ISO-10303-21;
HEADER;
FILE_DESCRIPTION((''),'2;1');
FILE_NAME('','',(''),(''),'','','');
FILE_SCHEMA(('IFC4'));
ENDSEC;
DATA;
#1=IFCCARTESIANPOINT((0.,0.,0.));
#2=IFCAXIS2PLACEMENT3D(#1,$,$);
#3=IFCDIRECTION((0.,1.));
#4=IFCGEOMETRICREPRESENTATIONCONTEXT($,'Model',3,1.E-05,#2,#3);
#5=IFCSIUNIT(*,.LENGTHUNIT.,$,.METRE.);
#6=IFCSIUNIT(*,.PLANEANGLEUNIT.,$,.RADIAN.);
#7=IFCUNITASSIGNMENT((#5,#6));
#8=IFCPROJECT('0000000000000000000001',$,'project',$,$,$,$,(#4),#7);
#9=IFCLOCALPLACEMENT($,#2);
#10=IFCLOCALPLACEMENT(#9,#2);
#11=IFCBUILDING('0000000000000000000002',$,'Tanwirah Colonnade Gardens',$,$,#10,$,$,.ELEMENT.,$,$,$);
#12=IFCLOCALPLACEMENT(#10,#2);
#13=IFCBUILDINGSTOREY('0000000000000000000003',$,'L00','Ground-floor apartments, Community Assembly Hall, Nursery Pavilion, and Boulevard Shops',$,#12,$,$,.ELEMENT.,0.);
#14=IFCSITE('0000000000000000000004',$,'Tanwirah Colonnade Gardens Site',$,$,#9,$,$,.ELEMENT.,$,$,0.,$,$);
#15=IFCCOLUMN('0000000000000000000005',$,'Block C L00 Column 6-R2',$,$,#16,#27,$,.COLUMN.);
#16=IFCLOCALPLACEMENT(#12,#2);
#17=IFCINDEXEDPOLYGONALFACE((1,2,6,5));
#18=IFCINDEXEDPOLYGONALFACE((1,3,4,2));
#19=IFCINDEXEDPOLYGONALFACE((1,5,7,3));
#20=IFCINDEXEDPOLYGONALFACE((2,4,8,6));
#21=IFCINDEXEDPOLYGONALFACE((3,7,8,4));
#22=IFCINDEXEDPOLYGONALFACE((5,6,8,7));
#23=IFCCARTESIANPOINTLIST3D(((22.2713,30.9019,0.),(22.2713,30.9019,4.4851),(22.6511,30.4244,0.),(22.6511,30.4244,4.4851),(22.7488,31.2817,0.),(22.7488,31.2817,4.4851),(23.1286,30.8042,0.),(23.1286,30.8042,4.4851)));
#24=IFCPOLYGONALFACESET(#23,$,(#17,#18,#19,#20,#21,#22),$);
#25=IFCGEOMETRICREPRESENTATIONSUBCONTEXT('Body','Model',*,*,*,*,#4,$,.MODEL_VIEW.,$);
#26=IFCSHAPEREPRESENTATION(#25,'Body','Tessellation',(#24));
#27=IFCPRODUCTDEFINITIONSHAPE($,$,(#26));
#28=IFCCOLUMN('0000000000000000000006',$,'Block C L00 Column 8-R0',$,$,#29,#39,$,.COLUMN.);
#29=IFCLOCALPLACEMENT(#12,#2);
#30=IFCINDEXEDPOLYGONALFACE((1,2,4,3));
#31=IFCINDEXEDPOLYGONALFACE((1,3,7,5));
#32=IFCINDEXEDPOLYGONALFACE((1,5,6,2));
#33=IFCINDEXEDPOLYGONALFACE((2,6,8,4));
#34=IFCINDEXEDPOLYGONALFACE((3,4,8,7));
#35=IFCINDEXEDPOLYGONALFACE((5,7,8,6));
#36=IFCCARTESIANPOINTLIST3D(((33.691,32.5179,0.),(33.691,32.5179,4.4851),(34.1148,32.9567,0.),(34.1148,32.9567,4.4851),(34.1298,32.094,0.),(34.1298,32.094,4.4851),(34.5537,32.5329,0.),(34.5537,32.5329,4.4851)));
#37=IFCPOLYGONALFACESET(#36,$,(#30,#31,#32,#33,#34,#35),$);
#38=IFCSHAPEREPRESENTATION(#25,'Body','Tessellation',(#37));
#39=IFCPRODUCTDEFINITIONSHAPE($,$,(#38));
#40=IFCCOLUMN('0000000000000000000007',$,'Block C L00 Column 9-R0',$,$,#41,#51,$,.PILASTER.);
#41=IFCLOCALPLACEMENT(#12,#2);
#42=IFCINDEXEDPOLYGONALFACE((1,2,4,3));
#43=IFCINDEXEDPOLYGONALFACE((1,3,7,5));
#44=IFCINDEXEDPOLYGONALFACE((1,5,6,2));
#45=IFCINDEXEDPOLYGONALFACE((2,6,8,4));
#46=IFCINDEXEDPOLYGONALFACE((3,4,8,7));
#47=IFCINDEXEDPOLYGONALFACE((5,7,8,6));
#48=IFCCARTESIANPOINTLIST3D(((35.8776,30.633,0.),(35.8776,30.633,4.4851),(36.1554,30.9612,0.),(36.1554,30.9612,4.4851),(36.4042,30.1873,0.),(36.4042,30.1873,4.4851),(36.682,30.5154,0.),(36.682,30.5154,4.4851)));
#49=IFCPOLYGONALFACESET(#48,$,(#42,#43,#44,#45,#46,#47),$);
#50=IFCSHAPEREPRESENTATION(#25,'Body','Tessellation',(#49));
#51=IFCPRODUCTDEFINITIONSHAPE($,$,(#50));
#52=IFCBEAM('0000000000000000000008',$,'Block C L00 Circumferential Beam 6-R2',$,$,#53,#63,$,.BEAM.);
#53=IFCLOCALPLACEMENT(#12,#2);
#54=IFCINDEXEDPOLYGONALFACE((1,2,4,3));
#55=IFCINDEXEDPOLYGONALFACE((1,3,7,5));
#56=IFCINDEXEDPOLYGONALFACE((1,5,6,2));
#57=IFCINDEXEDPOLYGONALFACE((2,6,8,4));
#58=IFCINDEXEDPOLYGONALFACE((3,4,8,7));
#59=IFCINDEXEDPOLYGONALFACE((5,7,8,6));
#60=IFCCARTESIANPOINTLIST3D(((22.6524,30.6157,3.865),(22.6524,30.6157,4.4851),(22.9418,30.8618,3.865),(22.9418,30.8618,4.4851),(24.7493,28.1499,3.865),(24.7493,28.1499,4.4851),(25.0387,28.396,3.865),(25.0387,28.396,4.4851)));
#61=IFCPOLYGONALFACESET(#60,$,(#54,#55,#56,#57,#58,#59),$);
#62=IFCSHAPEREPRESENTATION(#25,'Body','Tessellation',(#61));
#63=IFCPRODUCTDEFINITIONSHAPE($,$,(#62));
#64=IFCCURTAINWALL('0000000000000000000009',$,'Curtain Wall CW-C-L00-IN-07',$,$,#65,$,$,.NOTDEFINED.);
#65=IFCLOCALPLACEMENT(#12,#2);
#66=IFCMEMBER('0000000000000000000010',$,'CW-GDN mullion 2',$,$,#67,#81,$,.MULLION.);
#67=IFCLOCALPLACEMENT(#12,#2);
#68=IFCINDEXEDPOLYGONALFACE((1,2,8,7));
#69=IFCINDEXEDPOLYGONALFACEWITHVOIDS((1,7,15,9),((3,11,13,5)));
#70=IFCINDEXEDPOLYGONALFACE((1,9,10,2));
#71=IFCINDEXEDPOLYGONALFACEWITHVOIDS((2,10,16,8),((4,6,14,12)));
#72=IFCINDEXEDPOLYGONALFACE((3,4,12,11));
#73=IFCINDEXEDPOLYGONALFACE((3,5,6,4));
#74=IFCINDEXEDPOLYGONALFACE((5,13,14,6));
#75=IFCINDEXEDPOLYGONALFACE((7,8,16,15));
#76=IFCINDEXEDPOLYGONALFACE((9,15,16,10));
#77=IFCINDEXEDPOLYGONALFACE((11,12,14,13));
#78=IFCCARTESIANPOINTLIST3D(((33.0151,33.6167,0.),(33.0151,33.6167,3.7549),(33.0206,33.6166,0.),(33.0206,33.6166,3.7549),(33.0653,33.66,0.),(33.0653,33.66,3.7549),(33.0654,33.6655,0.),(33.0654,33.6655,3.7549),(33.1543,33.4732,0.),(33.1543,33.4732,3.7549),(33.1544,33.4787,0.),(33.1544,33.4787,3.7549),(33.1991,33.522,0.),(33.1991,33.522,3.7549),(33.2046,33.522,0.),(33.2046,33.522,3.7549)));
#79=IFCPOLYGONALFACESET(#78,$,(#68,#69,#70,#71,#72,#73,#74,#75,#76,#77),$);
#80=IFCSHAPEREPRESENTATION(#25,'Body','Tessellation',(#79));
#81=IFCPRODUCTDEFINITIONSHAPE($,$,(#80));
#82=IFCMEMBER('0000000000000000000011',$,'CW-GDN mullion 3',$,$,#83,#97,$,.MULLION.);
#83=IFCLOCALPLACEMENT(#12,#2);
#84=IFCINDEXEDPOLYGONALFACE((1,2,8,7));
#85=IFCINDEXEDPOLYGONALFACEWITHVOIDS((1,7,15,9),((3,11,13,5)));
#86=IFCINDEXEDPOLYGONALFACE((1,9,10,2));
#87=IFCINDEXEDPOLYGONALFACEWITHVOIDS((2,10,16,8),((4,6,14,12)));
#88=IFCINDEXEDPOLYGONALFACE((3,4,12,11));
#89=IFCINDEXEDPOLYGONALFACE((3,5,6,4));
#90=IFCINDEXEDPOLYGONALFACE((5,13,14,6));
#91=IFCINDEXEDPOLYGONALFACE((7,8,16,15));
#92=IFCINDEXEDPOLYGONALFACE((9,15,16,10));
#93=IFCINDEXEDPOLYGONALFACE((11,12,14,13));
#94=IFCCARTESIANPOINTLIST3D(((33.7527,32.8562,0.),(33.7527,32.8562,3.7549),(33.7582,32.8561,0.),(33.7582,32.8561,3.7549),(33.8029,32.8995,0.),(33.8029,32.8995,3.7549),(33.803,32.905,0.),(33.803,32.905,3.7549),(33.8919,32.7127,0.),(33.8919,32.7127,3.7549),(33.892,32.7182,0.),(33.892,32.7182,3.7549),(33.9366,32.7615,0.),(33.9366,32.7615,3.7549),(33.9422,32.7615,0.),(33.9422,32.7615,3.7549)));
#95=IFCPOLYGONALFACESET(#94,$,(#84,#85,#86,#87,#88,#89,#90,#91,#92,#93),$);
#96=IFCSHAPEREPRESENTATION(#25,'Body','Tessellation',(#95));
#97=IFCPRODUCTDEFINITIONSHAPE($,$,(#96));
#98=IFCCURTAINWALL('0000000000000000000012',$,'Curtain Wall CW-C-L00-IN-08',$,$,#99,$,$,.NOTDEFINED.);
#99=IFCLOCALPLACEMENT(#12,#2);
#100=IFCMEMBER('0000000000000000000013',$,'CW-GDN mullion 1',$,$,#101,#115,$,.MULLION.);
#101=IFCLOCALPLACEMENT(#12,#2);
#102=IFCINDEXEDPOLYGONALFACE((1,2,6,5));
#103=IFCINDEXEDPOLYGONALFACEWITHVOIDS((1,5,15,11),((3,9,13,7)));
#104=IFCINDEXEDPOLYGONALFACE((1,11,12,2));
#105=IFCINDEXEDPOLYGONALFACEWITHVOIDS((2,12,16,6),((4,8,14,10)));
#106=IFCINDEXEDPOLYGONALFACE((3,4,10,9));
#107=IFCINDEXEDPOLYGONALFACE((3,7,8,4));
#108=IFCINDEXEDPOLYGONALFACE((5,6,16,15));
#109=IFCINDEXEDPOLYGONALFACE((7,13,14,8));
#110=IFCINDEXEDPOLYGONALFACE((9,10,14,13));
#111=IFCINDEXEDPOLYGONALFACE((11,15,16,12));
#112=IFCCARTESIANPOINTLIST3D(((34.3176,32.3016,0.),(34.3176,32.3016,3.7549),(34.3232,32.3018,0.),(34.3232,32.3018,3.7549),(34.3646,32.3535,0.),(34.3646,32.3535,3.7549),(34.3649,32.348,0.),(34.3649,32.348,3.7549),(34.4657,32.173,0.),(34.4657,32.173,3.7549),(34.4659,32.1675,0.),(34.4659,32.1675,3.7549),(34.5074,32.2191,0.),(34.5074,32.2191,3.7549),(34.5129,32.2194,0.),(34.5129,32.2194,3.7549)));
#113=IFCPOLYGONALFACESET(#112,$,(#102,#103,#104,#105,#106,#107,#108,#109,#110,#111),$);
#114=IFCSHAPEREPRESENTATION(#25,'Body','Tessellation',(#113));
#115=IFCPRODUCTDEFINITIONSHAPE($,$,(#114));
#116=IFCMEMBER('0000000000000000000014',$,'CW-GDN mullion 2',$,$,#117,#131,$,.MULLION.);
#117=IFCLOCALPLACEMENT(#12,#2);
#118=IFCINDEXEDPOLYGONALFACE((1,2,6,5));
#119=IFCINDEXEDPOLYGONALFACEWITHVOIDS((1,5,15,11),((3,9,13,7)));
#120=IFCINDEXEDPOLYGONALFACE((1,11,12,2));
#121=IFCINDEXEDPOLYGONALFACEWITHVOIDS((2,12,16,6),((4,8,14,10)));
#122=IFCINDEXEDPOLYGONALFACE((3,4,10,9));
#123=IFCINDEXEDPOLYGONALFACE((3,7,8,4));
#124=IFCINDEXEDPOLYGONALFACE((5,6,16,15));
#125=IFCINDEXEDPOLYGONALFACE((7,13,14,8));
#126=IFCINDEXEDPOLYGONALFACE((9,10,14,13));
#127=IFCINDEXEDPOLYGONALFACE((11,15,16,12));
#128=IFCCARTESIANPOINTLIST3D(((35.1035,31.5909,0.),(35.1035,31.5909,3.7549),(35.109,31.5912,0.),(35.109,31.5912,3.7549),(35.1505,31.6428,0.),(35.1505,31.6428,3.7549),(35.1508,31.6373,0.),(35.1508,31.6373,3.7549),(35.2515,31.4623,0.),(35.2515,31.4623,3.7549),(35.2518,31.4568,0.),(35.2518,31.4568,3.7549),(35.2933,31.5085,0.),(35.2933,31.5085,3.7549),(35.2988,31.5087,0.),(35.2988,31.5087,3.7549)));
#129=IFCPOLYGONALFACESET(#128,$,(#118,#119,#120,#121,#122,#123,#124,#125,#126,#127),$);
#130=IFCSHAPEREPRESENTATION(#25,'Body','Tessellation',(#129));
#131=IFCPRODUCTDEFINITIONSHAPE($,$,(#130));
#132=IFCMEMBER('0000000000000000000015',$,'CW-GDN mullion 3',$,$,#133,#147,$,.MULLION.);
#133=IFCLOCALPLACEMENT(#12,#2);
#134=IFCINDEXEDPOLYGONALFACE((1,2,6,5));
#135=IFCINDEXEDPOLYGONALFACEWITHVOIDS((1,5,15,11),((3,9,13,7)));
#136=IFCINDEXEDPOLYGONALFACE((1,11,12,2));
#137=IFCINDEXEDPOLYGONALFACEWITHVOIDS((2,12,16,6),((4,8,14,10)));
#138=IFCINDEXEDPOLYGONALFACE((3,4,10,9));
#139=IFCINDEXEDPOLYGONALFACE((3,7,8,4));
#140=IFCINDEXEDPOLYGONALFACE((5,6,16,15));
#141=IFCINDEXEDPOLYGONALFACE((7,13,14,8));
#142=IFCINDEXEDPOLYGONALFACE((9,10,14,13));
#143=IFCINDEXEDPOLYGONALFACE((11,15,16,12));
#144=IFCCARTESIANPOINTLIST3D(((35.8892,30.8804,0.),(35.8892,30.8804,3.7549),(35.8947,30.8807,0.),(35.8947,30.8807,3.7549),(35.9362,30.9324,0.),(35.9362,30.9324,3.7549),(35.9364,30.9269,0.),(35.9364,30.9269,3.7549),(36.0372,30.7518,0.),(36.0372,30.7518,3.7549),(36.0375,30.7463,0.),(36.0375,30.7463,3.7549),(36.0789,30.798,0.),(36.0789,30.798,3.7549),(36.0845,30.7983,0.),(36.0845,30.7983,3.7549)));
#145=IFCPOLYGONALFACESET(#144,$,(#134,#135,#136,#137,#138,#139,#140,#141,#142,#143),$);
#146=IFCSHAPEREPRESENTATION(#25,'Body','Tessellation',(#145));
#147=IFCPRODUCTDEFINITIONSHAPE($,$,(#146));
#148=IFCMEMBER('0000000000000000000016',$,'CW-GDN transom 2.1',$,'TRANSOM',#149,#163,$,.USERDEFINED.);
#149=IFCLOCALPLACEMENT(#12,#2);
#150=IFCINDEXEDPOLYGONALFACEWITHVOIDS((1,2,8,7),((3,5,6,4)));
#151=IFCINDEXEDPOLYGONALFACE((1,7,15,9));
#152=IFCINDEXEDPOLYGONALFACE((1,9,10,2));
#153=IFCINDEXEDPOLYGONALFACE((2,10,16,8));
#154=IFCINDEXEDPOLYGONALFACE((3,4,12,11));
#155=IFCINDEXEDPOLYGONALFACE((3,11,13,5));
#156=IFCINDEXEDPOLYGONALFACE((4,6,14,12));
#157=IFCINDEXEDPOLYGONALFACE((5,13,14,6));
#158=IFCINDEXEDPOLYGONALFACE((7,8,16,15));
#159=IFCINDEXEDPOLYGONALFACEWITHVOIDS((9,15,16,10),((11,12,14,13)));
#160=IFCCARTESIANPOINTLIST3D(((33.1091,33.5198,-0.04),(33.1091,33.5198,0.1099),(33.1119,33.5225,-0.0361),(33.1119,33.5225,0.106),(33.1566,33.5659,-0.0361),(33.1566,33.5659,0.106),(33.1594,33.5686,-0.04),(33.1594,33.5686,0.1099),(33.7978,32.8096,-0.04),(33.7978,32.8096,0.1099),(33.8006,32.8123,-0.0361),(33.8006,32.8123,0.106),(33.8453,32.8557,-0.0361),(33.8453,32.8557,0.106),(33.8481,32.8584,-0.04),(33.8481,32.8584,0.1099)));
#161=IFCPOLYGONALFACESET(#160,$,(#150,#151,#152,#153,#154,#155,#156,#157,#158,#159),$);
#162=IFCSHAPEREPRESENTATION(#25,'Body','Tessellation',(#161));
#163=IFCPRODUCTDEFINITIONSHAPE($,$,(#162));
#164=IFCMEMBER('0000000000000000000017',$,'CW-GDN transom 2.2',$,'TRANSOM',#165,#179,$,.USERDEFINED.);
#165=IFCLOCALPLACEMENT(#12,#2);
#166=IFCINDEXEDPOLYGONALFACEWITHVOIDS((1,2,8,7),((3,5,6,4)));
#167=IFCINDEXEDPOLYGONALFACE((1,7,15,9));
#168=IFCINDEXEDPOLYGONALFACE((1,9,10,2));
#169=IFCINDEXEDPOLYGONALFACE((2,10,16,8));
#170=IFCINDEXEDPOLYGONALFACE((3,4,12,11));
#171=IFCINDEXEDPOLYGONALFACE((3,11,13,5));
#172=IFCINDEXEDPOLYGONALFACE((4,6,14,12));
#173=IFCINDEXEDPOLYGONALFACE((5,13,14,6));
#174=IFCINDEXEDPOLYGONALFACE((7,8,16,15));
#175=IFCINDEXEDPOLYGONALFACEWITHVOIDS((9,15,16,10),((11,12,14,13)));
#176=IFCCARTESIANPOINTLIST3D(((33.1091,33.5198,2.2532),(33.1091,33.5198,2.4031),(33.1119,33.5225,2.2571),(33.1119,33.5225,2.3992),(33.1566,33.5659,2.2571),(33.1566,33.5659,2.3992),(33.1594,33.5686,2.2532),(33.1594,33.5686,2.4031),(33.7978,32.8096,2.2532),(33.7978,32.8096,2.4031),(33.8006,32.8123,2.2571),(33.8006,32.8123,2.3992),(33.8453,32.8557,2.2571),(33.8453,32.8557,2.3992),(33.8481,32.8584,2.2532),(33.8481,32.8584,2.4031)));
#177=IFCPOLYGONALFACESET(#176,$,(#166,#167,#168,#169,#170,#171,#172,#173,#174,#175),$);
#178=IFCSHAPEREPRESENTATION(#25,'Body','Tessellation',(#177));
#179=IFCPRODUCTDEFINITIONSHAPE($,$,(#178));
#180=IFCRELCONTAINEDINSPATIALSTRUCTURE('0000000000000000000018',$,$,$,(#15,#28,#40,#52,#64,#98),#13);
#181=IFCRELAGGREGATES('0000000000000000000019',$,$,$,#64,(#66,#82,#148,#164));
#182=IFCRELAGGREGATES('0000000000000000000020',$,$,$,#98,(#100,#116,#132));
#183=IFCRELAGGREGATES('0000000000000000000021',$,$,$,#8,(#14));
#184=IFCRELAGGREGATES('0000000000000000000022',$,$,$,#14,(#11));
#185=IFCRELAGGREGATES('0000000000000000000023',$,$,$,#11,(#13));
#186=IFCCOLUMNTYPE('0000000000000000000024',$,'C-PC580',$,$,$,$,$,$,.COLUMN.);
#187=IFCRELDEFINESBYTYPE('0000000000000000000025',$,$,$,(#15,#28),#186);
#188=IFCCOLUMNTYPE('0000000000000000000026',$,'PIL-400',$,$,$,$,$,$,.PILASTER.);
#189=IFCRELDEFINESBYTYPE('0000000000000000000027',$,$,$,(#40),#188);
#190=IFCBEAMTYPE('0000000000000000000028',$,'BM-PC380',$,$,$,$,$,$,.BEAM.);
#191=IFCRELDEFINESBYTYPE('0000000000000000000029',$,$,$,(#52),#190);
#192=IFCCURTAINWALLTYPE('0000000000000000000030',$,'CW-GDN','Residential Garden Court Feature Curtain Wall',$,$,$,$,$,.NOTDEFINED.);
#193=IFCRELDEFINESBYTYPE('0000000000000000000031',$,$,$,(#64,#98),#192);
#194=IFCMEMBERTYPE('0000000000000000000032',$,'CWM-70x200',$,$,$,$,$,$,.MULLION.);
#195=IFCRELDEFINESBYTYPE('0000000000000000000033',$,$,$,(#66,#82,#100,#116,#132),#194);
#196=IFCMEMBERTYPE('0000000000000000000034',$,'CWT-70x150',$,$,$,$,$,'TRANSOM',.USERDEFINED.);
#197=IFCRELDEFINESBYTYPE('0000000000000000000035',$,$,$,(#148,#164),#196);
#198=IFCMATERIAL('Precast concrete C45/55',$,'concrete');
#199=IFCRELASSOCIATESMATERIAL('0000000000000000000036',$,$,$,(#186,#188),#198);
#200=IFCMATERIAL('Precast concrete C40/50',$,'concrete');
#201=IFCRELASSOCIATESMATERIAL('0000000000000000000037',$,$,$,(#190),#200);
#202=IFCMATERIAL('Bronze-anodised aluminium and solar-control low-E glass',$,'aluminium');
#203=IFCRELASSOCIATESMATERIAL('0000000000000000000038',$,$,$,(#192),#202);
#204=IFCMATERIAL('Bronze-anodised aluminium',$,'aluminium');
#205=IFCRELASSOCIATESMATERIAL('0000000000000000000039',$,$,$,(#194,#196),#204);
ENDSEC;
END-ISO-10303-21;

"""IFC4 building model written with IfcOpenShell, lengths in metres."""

from ifc_helpers import new_model, si_unit, direction, frame, origin, origin_2d, place, context, subcontext, project, spatial, rectangle, hollow_rectangle, extrude, material, material_profile, profile_set, type_object, element, aggregate, save


model = new_model("IFC4")

# Units and contexts
model_context = context("Model", 3, precision=1e-05, world=origin(), true_north=direction((0.0, 1.0)))
body_context = subcontext(model_context, "Body", "Model", "MODEL_VIEW")
ifc_project = project(units=[si_unit("LENGTHUNIT", "METRE"), si_unit("PLANEANGLEUNIT", "RADIAN")], contexts=[model_context])

# Site, building, storey
site_placement = place(None, origin())
site = spatial("IfcSite", under=ifc_project, at=site_placement, Name="Tanwirah Colonnade Gardens Site", CompositionType="ELEMENT", RefElevation=0.0)
building_placement = place(site_placement, origin())
building = spatial("IfcBuilding", under=site, at=building_placement, Name="Tanwirah Colonnade Gardens", CompositionType="ELEMENT")
storey_placement = place(building_placement, origin())
storey = spatial("IfcBuildingStorey", under=building, at=storey_placement, Name="L00", Description="Ground-floor apartments, Community Assembly Hall, Nursery Pavilion, and Boulevard Shops", CompositionType="ELEMENT", Elevation=0.0)

# Columns
ifc_material_1 = material(Name="Precast concrete C45/55", Category="concrete")
ifc_material_profile_1 = material_profile(ifc_material_1, rectangle(XDim=0.6101, YDim=0.6101, at=origin_2d()), Name="PC-COL 610x610")
ifc_profile_set_1 = profile_set([ifc_material_profile_1], Name="Precast concrete C45/55")
column_type_1 = type_object("IfcColumnType", Name="C-PC580", PredefinedType="COLUMN", material=ifc_profile_set_1)
for number, where, z_axis, x_axis, name in (
    (1, (22.7, 30.853, 0.0), (0.0, 0.0, 1.0), (-0.782608, -0.622515, 0.0), "Block C L00 Column 6-R2"),
    (2, (34.1223, 32.5254, 0.0), (0.0, 0.0, 1.0), (-0.694658, -0.71934, 0.0), "Block C L00 Column 8-R0"),
):
    element("IfcColumn", number, at=place(storey_placement, frame(where, z_axis=z_axis, x_axis=x_axis)), inside=storey, type_object=column_type_1, Name=name, PredefinedType="COLUMN", context=body_context, shape_type="SweptSolid", body=[
        extrude(rectangle(XDim=0.6101, YDim=0.6101, at=origin_2d()), origin(), (0.0, 0.0, 1.0), 4.4851),
    ])
ifc_material_profile_2 = material_profile(ifc_material_1, rectangle(XDim=0.4299, YDim=0.6899, at=origin_2d()), Name="PC-PIL 430x690")
ifc_profile_set_2 = profile_set([ifc_material_profile_2], Name="Precast concrete C45/55")
column_type_2 = type_object("IfcColumnType", Name="PIL-400", PredefinedType="PILASTER", material=ifc_profile_set_2)
column_placement = place(storey_placement, frame((36.2798, 30.5742, 0.0), z_axis=(0.0, 0.0, 1.0), x_axis=(-0.646124, -0.763232, 0.0)))
element("IfcColumn", 3, at=column_placement, inside=storey, type_object=column_type_2, Name="Block C L00 Column 9-R0", PredefinedType="PILASTER", context=body_context, shape_type="SweptSolid", body=[
    extrude(rectangle(XDim=0.4299, YDim=0.6899, at=origin_2d()), origin(), (0.0, 0.0, 1.0), 4.4851),
])

# Beam
ifc_material_2 = material(Name="Precast concrete C40/50", Category="concrete")
ifc_material_profile_3 = material_profile(ifc_material_2, rectangle(XDim=0.3799, YDim=0.6201, at=origin_2d()), Name="PC-BM 380x620")
ifc_profile_set_3 = profile_set([ifc_material_profile_3], Name="Precast concrete C40/50")
beam_type_1 = type_object("IfcBeamType", Name="BM-PC380", PredefinedType="BEAM", material=ifc_profile_set_3)
beam_1_placement = place(storey_placement, frame((22.7971, 30.7388, 4.175), z_axis=(0.647824, -0.76179, 0.0), x_axis=(0.76179, 0.647824, 0.0)))
element("IfcBeam", 4, at=beam_1_placement, inside=storey, type_object=beam_type_1, Name="Block C L00 Circumferential Beam 6-R2", PredefinedType="BEAM", context=body_context, shape_type="SweptSolid", body=[
    extrude(rectangle(XDim=0.3799, YDim=0.6201, at=origin_2d()), origin(), (0.0, 0.0, 1.0), 3.2368),
])

# Curtain walls, members
ifc_material_3 = material(Name="Bronze-anodised aluminium and solar-control low-E glass", Category="aluminium")
curtain_wall_type = type_object("IfcCurtainWallType", Name="CW-GDN", Description="Residential Garden Court Feature Curtain Wall", PredefinedType="NOTDEFINED", material=ifc_material_3)
curtain_wall_1_placement = place(storey_placement, origin())
curtain_wall_1 = element("IfcCurtainWall", 5, at=curtain_wall_1_placement, inside=storey, type_object=curtain_wall_type, Name="Curtain Wall CW-C-L00-IN-07", PredefinedType="NOTDEFINED")
ifc_material_4 = material(Name="Bronze-anodised aluminium", Category="aluminium")
ifc_material_profile_4 = material_profile(ifc_material_4, hollow_rectangle(XDim=0.0701, YDim=0.2, WallThickness=0.0039, at=origin_2d()), Name="CW-MUL 70x200x4")
ifc_profile_set_4 = profile_set([ifc_material_profile_4], Name="Bronze-anodised aluminium")
member_type_1 = type_object("IfcMemberType", Name="CWM-70x200", PredefinedType="MULLION", material=ifc_profile_set_4)
member_1_placement = place(storey_placement, frame((33.1099, 33.5693, 0.0), z_axis=(0.0, 0.0, 1.0), x_axis=(0.717825, 0.696223, 0.0)))
member_1 = element("IfcMember", 6, at=member_1_placement, type_object=member_type_1, Name="CW-GDN mullion 2", PredefinedType="MULLION", context=body_context, shape_type="SweptSolid", body=[
    extrude(hollow_rectangle(XDim=0.0701, YDim=0.2, WallThickness=0.0039, at=origin_2d()), origin(), (0.0, 0.0, 1.0), 3.7549),
])
member_2_placement = place(storey_placement, frame((33.8474, 32.8088, 0.0), z_axis=(0.0, 0.0, 1.0), x_axis=(0.717825, 0.696223, 0.0)))
member_2 = element("IfcMember", 7, at=member_2_placement, type_object=member_type_1, Name="CW-GDN mullion 3", PredefinedType="MULLION", context=body_context, shape_type="SweptSolid", body=[
    extrude(hollow_rectangle(XDim=0.0701, YDim=0.2, WallThickness=0.0039, at=origin_2d()), origin(), (0.0, 0.0, 1.0), 3.7549),
])
curtain_wall_2_placement = place(storey_placement, origin())
curtain_wall_2 = element("IfcCurtainWall", 8, at=curtain_wall_2_placement, inside=storey, type_object=curtain_wall_type, Name="Curtain Wall CW-C-L00-IN-08", PredefinedType="NOTDEFINED")
member_3_placement = place(storey_placement, frame((34.4153, 32.2605, 0.0), z_axis=(0.0, 0.0, 1.0), x_axis=(0.670751, 0.741683, 0.0)))
member_3 = element("IfcMember", 9, at=member_3_placement, type_object=member_type_1, Name="CW-GDN mullion 1", PredefinedType="MULLION", context=body_context, shape_type="SweptSolid", body=[
    extrude(hollow_rectangle(XDim=0.0701, YDim=0.2, WallThickness=0.0039, at=origin_2d()), origin(), (0.0, 0.0, 1.0), 3.7549),
])
member_4_placement = place(storey_placement, frame((35.2012, 31.5498, 0.0), z_axis=(0.0, 0.0, 1.0), x_axis=(0.670751, 0.741683, 0.0)))
member_4 = element("IfcMember", 10, at=member_4_placement, type_object=member_type_1, Name="CW-GDN mullion 2", PredefinedType="MULLION", context=body_context, shape_type="SweptSolid", body=[
    extrude(hollow_rectangle(XDim=0.0701, YDim=0.2, WallThickness=0.0039, at=origin_2d()), origin(), (0.0, 0.0, 1.0), 3.7549),
])
member_5_placement = place(storey_placement, frame((35.9868, 30.8394, 0.0), z_axis=(0.0, 0.0, 1.0), x_axis=(0.670751, 0.741683, 0.0)))
member_5 = element("IfcMember", 11, at=member_5_placement, type_object=member_type_1, Name="CW-GDN mullion 3", PredefinedType="MULLION", context=body_context, shape_type="SweptSolid", body=[
    extrude(hollow_rectangle(XDim=0.0701, YDim=0.2, WallThickness=0.0039, at=origin_2d()), origin(), (0.0, 0.0, 1.0), 3.7549),
])

# Members
ifc_material_profile_5 = material_profile(ifc_material_4, hollow_rectangle(XDim=0.0701, YDim=0.1499, WallThickness=0.0039, at=origin_2d()), Name="CW-TRN 70x150x4")
ifc_profile_set_5 = profile_set([ifc_material_profile_5], Name="Bronze-anodised aluminium")
member_type_2 = type_object("IfcMemberType", Name="CWT-70x150", ElementType="TRANSOM", PredefinedType="USERDEFINED", material=ifc_profile_set_5)
member_6_placement = place(storey_placement, frame((33.1343, 33.5442, 0.0349), z_axis=(0.696165, -0.717882, 0.0), x_axis=(0.717882, 0.696165, 0.0)))
member_6 = element("IfcMember", 12, at=member_6_placement, type_object=member_type_2, Name="CW-GDN transom 2.1", ObjectType="TRANSOM", PredefinedType="USERDEFINED", context=body_context, shape_type="SweptSolid", body=[
    extrude(hollow_rectangle(XDim=0.0701, YDim=0.1499, WallThickness=0.0039, at=origin_2d()), origin(), (0.0, 0.0, 1.0), 0.9893),
])
member_7_placement = place(storey_placement, frame((33.1343, 33.5442, 2.3281), z_axis=(0.696165, -0.717882, 0.0), x_axis=(0.717882, 0.696165, 0.0)))
member_7 = element("IfcMember", 13, at=member_7_placement, type_object=member_type_2, Name="CW-GDN transom 2.2", ObjectType="TRANSOM", PredefinedType="USERDEFINED", context=body_context, shape_type="SweptSolid", body=[
    extrude(hollow_rectangle(XDim=0.0701, YDim=0.1499, WallThickness=0.0039, at=origin_2d()), origin(), (0.0, 0.0, 1.0), 0.9893),
])

aggregate(curtain_wall_1, [member_1, member_2, member_6, member_7])
aggregate(curtain_wall_2, [member_3, member_4, member_5])

save(model, "model.ifc")
